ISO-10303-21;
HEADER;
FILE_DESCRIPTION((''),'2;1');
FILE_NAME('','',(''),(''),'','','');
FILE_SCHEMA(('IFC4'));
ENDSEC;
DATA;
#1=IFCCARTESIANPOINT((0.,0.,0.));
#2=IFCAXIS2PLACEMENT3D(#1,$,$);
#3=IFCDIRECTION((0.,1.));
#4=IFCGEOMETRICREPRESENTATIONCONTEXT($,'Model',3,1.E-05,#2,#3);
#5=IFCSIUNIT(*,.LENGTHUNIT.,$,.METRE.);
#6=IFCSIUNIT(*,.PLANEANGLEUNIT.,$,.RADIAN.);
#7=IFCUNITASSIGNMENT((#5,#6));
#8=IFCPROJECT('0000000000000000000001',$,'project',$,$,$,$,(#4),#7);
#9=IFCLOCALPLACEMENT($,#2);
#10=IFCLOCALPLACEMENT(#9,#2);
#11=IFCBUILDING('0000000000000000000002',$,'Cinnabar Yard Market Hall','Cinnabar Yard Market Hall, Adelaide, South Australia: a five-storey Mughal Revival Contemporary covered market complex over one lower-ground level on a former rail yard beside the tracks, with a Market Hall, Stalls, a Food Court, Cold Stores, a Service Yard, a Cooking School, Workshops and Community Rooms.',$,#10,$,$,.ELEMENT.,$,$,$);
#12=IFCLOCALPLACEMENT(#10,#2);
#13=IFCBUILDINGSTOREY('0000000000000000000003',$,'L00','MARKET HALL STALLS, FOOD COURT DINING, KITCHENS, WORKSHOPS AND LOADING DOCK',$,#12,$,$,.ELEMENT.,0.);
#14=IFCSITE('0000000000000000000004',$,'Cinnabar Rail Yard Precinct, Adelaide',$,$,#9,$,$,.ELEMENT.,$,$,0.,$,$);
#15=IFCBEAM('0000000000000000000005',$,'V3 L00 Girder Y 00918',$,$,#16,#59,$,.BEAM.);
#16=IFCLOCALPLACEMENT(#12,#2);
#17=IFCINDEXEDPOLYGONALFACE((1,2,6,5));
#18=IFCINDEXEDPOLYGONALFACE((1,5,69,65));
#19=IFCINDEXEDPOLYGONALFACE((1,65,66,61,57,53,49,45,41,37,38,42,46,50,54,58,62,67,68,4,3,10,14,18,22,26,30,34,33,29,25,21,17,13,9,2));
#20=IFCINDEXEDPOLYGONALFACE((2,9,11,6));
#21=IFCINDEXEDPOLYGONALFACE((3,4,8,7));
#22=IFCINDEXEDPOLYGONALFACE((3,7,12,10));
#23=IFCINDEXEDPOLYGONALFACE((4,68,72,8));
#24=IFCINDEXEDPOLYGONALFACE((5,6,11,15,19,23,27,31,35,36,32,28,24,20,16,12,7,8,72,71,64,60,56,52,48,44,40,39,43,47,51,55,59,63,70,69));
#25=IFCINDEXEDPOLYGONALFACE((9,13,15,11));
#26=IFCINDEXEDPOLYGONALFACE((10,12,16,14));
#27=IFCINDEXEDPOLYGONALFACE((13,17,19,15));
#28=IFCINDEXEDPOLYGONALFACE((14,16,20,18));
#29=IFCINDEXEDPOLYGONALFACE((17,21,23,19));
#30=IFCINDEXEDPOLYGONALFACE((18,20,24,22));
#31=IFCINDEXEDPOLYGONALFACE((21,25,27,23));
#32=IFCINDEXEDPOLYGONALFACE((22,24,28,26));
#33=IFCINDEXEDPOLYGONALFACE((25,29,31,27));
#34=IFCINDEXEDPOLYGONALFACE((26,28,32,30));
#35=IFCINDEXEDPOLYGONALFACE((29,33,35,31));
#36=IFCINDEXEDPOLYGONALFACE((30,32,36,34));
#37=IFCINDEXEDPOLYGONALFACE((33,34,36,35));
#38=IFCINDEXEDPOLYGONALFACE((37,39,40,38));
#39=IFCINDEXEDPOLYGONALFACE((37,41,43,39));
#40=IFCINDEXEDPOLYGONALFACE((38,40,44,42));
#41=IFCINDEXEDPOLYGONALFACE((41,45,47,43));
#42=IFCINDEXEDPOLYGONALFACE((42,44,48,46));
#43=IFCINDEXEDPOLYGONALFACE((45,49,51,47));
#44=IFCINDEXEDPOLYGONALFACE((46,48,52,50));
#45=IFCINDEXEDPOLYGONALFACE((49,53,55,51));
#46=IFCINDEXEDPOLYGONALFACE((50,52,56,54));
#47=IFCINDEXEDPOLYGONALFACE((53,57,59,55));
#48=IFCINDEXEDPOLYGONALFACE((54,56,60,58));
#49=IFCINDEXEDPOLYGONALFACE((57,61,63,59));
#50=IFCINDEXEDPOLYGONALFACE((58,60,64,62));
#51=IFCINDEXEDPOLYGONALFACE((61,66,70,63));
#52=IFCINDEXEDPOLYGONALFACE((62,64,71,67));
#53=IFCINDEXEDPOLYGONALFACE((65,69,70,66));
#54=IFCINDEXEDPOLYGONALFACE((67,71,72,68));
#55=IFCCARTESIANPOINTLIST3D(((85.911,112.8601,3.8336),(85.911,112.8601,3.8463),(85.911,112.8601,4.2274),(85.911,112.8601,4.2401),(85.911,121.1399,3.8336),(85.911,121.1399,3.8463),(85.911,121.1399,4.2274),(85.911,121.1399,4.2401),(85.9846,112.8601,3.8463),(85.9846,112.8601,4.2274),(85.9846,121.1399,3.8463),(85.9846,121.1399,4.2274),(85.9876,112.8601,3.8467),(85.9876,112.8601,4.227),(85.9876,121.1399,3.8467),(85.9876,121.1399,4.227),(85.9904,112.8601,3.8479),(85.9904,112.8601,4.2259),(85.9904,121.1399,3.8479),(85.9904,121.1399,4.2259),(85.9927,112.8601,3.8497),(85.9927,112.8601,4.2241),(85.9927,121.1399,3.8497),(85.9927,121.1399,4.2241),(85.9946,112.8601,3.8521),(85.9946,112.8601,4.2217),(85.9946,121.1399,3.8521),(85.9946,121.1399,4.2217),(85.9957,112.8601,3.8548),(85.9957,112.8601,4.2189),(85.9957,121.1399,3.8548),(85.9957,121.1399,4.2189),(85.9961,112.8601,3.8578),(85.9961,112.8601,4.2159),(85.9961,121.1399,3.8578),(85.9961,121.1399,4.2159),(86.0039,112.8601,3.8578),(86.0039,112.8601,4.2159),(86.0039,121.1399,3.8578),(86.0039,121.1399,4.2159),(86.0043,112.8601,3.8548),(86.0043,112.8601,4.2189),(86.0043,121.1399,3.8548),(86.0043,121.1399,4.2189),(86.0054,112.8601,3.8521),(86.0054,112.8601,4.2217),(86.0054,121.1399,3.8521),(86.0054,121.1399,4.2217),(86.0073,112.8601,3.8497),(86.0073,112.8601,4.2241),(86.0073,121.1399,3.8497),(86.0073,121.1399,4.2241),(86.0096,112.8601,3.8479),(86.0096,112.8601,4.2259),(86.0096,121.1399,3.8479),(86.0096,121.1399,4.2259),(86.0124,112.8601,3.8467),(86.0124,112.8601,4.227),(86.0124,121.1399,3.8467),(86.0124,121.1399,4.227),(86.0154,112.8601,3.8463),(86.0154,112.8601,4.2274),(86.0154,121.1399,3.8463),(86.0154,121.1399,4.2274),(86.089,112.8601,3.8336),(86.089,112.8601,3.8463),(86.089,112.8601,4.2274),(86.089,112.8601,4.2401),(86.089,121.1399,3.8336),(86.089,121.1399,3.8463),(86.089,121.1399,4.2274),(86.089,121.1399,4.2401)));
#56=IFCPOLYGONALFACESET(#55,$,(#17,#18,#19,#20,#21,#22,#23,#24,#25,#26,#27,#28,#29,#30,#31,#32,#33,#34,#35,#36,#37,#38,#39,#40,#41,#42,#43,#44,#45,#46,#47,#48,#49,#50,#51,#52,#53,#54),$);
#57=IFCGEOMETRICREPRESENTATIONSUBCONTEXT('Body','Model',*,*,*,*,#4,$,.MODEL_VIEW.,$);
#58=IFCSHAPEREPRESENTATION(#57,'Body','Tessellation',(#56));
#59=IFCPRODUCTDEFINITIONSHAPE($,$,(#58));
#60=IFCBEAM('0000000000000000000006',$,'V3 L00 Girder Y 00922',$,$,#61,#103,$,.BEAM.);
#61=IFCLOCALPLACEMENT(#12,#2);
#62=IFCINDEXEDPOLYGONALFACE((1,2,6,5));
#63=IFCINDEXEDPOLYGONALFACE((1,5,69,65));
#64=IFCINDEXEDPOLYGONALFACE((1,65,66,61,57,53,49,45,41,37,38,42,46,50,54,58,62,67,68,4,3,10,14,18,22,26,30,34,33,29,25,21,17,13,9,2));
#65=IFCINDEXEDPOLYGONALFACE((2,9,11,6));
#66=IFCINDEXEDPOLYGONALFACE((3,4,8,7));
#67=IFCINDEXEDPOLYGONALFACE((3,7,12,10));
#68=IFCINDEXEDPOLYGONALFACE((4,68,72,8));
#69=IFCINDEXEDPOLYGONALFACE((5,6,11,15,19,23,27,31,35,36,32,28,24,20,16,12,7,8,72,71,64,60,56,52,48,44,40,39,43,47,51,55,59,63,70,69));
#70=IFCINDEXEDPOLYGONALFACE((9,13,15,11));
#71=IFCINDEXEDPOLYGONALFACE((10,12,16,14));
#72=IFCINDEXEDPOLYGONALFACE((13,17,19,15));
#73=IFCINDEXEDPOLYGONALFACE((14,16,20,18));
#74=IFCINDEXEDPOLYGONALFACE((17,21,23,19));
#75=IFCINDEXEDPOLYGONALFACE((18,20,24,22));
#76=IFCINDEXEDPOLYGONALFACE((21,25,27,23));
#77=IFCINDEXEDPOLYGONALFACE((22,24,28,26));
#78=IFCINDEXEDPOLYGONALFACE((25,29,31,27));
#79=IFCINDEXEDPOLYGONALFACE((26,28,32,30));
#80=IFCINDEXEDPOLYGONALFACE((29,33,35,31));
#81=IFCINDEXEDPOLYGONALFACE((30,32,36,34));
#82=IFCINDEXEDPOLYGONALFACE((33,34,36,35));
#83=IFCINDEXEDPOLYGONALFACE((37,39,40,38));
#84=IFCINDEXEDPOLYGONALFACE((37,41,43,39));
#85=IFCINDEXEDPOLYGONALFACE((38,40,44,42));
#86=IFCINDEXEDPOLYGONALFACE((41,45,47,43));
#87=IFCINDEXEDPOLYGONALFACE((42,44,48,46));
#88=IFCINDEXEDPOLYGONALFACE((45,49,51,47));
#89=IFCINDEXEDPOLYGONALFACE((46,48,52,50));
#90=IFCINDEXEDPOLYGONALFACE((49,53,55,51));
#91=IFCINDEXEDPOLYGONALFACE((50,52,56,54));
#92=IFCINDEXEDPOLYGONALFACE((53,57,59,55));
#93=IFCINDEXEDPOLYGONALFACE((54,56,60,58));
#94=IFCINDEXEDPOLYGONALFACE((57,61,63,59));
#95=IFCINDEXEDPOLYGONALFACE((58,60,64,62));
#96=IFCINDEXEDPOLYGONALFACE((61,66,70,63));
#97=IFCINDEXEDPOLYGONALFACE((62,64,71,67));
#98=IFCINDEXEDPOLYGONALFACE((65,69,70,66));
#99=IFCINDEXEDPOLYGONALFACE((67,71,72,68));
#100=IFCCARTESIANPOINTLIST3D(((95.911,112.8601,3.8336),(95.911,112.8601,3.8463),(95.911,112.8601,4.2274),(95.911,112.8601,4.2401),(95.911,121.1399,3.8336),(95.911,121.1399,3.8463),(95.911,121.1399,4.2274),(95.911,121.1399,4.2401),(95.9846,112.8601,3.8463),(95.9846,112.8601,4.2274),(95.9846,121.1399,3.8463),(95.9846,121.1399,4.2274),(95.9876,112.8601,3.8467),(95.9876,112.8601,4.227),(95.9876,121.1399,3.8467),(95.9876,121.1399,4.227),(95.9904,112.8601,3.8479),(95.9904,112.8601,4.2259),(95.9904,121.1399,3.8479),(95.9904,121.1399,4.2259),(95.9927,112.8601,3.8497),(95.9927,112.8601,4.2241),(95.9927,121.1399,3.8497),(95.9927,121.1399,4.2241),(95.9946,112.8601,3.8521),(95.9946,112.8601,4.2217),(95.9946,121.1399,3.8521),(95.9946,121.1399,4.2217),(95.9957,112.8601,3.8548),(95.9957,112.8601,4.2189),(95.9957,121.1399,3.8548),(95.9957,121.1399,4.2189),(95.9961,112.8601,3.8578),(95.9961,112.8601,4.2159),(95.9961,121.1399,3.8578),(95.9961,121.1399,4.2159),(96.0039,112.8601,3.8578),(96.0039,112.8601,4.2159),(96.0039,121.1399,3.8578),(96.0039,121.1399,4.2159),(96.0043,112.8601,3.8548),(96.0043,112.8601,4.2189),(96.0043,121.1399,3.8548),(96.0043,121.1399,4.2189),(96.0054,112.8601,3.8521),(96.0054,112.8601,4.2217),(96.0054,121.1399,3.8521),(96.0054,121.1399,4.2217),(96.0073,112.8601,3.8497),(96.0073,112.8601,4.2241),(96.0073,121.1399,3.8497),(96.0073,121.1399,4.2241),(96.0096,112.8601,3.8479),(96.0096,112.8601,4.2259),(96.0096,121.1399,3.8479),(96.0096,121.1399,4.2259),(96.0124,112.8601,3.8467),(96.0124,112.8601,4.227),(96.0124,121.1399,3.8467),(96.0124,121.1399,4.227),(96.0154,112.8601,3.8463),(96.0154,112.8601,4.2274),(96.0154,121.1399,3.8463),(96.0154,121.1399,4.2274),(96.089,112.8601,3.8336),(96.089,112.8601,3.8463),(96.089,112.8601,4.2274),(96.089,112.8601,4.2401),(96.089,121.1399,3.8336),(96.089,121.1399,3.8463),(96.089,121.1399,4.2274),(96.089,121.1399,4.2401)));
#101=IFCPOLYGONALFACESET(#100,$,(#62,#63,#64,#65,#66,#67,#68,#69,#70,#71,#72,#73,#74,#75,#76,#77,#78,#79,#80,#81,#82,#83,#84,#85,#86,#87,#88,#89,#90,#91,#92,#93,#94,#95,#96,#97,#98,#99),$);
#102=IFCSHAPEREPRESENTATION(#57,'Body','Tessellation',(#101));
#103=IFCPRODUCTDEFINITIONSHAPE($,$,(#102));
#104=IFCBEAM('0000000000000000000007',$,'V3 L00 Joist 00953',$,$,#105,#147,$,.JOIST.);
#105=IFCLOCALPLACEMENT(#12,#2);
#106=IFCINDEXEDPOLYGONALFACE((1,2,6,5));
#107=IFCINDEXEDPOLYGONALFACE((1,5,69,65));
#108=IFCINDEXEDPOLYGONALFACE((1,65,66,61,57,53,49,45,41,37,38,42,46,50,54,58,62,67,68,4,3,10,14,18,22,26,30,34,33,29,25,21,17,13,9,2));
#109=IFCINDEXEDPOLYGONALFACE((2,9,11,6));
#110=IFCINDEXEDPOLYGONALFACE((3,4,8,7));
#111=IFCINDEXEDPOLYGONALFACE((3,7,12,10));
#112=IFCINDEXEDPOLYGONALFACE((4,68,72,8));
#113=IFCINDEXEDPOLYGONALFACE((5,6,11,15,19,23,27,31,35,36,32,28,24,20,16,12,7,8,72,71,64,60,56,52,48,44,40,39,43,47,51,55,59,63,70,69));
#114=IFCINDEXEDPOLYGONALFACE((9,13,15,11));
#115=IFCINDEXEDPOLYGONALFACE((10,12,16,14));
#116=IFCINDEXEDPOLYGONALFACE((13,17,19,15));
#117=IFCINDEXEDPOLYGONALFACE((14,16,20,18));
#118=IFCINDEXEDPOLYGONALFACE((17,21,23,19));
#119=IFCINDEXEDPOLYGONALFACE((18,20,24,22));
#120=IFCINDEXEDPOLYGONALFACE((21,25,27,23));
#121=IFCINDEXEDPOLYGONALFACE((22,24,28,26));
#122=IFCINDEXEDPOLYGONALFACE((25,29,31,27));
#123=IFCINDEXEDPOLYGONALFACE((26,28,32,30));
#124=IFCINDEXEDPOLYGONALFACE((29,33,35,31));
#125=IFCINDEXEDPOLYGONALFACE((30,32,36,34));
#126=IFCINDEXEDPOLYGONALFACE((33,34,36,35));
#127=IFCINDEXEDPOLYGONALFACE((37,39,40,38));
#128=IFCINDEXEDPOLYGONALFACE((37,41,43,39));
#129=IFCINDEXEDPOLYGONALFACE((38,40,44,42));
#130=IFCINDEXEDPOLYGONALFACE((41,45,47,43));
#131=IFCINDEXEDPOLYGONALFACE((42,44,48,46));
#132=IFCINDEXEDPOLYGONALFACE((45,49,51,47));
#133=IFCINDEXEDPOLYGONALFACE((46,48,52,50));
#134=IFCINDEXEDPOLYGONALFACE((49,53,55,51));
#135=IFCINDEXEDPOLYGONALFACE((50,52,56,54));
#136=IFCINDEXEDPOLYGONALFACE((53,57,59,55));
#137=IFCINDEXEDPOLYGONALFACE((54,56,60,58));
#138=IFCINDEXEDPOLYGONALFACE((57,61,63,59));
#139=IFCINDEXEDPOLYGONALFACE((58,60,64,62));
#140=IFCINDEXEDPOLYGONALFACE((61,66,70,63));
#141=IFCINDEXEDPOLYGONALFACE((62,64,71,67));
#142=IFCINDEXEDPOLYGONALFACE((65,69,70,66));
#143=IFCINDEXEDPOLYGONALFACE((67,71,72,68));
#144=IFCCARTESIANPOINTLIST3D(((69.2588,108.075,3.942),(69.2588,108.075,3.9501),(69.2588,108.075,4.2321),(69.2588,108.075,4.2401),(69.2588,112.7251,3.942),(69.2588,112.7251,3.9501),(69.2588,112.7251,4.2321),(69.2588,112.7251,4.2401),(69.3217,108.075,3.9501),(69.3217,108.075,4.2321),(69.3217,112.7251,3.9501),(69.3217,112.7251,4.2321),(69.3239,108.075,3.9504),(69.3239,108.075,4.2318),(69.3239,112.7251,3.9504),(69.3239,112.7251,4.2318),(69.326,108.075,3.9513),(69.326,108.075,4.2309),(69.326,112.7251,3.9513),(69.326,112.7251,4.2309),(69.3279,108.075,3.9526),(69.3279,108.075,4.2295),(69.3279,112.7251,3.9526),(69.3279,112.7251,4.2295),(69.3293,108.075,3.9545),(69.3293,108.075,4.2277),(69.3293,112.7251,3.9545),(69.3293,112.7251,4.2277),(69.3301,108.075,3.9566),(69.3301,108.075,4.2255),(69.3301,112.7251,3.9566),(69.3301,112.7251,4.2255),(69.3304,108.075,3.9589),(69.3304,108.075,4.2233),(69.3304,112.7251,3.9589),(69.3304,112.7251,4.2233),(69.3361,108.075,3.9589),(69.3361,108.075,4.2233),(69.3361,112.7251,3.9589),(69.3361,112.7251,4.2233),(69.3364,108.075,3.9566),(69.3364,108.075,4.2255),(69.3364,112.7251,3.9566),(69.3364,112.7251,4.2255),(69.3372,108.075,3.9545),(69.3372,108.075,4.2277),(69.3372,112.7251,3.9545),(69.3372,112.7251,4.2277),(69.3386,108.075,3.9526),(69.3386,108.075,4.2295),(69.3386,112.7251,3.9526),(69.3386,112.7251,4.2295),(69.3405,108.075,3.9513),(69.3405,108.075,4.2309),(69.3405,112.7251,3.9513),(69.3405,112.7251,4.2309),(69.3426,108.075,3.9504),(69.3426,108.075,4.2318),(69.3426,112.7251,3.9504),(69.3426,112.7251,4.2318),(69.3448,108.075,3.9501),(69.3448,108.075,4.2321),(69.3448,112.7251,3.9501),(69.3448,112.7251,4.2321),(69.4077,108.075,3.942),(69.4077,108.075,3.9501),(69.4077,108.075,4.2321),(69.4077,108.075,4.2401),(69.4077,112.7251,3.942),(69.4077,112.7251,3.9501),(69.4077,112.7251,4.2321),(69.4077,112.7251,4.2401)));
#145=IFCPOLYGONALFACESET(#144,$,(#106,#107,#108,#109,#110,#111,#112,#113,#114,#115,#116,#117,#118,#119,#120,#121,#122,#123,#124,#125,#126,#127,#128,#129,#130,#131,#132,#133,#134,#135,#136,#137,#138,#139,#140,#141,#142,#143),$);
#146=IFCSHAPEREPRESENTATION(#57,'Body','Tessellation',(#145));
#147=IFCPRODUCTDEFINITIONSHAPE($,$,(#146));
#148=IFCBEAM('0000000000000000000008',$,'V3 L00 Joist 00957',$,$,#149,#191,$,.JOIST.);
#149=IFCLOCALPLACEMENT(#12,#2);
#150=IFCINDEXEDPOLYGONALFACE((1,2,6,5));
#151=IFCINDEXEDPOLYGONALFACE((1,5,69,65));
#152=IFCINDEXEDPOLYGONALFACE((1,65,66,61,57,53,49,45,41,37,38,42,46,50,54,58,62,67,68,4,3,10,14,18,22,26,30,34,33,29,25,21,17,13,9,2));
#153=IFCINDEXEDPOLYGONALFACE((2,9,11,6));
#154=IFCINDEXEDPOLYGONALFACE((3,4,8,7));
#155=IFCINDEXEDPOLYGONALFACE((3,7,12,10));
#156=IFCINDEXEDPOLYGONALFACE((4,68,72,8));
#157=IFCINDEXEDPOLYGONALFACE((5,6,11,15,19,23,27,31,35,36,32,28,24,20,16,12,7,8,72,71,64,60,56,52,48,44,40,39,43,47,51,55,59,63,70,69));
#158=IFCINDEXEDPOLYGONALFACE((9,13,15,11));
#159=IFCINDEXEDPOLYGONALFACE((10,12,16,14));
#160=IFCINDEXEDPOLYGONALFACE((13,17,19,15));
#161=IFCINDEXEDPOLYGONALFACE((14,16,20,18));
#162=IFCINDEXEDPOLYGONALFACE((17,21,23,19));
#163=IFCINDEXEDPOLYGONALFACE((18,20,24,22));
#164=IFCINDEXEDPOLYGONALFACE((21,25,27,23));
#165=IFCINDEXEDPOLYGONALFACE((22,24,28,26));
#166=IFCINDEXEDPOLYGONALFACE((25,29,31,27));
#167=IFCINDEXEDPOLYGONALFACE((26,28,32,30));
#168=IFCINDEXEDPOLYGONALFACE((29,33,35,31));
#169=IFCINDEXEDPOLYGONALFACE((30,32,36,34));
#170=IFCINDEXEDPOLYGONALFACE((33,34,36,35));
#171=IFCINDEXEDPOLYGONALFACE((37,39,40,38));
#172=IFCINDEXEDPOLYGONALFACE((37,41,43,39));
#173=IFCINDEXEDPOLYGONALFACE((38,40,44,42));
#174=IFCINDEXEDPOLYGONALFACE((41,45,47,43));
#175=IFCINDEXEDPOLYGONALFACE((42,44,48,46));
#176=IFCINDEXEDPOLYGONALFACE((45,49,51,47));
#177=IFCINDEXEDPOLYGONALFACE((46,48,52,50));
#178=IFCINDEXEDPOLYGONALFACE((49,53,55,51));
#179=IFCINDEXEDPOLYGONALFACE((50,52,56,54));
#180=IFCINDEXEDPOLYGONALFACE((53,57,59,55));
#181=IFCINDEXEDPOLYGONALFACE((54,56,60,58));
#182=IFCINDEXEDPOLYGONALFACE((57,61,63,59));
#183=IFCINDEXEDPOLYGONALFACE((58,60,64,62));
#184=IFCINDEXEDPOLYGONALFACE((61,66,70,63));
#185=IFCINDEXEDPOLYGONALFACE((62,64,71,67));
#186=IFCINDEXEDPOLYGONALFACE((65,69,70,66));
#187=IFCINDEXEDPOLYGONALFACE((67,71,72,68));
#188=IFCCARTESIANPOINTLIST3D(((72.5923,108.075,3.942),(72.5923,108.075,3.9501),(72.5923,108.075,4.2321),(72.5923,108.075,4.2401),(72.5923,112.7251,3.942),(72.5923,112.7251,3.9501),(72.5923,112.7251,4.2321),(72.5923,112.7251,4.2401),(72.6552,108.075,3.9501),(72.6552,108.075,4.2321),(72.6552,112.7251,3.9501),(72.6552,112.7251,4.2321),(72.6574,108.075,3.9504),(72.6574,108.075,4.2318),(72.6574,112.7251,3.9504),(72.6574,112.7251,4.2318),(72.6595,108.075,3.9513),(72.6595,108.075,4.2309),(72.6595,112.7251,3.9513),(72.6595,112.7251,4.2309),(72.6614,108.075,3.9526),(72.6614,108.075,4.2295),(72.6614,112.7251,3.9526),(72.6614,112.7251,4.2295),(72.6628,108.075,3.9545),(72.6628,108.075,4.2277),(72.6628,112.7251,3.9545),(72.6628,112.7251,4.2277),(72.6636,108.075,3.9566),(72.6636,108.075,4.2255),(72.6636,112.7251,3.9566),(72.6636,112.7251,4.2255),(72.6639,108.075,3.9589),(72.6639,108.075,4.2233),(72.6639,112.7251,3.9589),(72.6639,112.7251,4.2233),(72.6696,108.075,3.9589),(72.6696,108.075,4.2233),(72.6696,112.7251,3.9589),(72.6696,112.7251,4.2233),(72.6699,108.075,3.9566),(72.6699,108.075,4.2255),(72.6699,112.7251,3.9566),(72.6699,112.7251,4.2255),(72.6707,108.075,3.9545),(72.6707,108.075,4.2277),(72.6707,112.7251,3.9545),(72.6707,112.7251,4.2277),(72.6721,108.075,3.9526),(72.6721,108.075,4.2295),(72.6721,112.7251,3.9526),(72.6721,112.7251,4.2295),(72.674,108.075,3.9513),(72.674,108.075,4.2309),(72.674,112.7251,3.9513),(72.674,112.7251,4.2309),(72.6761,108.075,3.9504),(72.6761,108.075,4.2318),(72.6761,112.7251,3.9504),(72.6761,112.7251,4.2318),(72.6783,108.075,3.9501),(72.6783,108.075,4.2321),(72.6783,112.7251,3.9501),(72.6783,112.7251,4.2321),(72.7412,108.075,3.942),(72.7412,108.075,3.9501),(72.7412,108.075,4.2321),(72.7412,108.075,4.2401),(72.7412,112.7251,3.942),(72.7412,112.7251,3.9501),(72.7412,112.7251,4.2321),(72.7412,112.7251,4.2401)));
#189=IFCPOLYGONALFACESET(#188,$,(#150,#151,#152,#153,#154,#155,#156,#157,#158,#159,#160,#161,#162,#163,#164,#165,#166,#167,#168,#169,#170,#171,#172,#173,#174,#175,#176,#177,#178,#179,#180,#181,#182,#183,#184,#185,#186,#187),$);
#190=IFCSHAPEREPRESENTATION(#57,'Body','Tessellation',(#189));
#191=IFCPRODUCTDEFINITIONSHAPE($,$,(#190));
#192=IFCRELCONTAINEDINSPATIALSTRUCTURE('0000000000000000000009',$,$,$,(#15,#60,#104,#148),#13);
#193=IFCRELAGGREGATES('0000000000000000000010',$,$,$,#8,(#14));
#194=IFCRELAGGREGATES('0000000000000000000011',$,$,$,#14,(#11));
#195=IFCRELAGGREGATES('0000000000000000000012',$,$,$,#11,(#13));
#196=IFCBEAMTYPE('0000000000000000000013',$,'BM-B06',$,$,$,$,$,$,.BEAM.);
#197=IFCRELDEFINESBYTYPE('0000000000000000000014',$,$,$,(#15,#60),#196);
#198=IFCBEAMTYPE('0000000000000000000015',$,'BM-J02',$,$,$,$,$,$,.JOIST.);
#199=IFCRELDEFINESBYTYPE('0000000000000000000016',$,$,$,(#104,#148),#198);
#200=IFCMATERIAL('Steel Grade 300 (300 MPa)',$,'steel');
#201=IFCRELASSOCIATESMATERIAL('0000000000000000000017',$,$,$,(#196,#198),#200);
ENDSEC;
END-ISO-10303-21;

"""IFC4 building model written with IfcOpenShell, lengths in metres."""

from ifc_helpers import new_model, si_unit, direction, frame, origin, origin_2d_with_axis, place, context, subcontext, project, spatial, i_section, extrude, material, material_profile, profile_set, type_object, element, save


model = new_model("IFC4")

# Units and contexts
model_context = context("Model", 3, precision=1e-05, world=origin(), true_north=direction((0.0, 1.0)))
body_context = subcontext(model_context, "Body", "Model", "MODEL_VIEW")
ifc_project = project(units=[si_unit("LENGTHUNIT", "METRE"), si_unit("PLANEANGLEUNIT", "RADIAN")], contexts=[model_context])

# Site, building, storey
site_placement = place(None, origin())
site = spatial("IfcSite", under=ifc_project, at=site_placement, Name="Cinnabar Rail Yard Precinct, Adelaide", CompositionType="ELEMENT", RefElevation=0.0)
building_placement = place(site_placement, origin())
building = spatial("IfcBuilding", under=site, at=building_placement, Name="Cinnabar Yard Market Hall", Description="Cinnabar Yard Market Hall, Adelaide, South Australia: a five-storey Mughal Revival Contemporary covered market complex over one lower-ground level on a former rail yard beside the tracks, with a Market Hall, Stalls, a Food Court, Cold Stores, a Service Yard, a Cooking School, Workshops and Community Rooms.", CompositionType="ELEMENT")
storey_placement = place(building_placement, origin())
storey = spatial("IfcBuildingStorey", under=building, at=storey_placement, Name="L00", Description="MARKET HALL STALLS, FOOD COURT DINING, KITCHENS, WORKSHOPS AND LOADING DOCK", CompositionType="ELEMENT", Elevation=0.0)

# Shared definitions
ifc_material_1 = material(Name="Steel Grade 300 (300 MPa)", Category="steel")

# Beams
ifc_material_profile_1 = material_profile(ifc_material_1, i_section(OverallWidth=0.178, OverallDepth=0.4065, WebThickness=0.0078, FlangeThickness=0.0127, FilletRadius=0.0115, at=origin_2d_with_axis()), Name="410UB59.7")
ifc_profile_set_1 = profile_set([ifc_material_profile_1], Name="Steel Grade 300 (300 MPa)")
beam_type_1 = type_object("IfcBeamType", Name="BM-B06", PredefinedType="BEAM", material=ifc_profile_set_1)
for number, where, z_axis, x_axis, name in (
    (1, (86.0, 112.8601, 4.0369), (0.0, 1.0, 0.0), (-1.0, 0.0, 0.0), "V3 L00 Girder Y 00918"),
    (2, (96.0, 112.8601, 4.0369), (0.0, 1.0, 0.0), (-1.0, 0.0, 0.0), "V3 L00 Girder Y 00922"),
):
    element("IfcBeam", number, at=place(storey_placement, frame(where, z_axis=z_axis, x_axis=x_axis)), inside=storey, type_object=beam_type_1, Name=name, PredefinedType="BEAM", context=body_context, shape_type="SweptSolid", body=[
        extrude(i_section(OverallWidth=0.178, OverallDepth=0.4065, WebThickness=0.0078, FlangeThickness=0.0127, FilletRadius=0.0115, at=origin_2d_with_axis()), origin(), (0.0, 0.0, 1.0), 8.2798),
    ])
ifc_material_profile_2 = material_profile(ifc_material_1, i_section(OverallWidth=0.1489, OverallDepth=0.2981, WebThickness=0.0056, FlangeThickness=0.0081, FilletRadius=0.0088, at=origin_2d_with_axis()), Name="310UB32.0")
ifc_profile_set_2 = profile_set([ifc_material_profile_2], Name="Steel Grade 300 (300 MPa)")
beam_type_2 = type_object("IfcBeamType", Name="BM-J02", PredefinedType="JOIST", material=ifc_profile_set_2)
for number, where, z_axis, x_axis, name in (
    (3, (69.3333, 108.075, 4.0911), (0.0, 1.0, 0.0), (-1.0, 0.0, 0.0), "V3 L00 Joist 00953"),
    (4, (72.6667, 108.075, 4.0911), (0.0, 1.0, 0.0), (-1.0, 0.0, 0.0), "V3 L00 Joist 00957"),
):
    element("IfcBeam", number, at=place(storey_placement, frame(where, z_axis=z_axis, x_axis=x_axis)), inside=storey, type_object=beam_type_2, Name=name, PredefinedType="JOIST", context=body_context, shape_type="SweptSolid", body=[
        extrude(i_section(OverallWidth=0.1489, OverallDepth=0.2981, WebThickness=0.0056, FlangeThickness=0.0081, FilletRadius=0.0088, at=origin_2d_with_axis()), origin(), (0.0, 0.0, 1.0), 4.6501),
    ])

save(model, "model.ifc")
